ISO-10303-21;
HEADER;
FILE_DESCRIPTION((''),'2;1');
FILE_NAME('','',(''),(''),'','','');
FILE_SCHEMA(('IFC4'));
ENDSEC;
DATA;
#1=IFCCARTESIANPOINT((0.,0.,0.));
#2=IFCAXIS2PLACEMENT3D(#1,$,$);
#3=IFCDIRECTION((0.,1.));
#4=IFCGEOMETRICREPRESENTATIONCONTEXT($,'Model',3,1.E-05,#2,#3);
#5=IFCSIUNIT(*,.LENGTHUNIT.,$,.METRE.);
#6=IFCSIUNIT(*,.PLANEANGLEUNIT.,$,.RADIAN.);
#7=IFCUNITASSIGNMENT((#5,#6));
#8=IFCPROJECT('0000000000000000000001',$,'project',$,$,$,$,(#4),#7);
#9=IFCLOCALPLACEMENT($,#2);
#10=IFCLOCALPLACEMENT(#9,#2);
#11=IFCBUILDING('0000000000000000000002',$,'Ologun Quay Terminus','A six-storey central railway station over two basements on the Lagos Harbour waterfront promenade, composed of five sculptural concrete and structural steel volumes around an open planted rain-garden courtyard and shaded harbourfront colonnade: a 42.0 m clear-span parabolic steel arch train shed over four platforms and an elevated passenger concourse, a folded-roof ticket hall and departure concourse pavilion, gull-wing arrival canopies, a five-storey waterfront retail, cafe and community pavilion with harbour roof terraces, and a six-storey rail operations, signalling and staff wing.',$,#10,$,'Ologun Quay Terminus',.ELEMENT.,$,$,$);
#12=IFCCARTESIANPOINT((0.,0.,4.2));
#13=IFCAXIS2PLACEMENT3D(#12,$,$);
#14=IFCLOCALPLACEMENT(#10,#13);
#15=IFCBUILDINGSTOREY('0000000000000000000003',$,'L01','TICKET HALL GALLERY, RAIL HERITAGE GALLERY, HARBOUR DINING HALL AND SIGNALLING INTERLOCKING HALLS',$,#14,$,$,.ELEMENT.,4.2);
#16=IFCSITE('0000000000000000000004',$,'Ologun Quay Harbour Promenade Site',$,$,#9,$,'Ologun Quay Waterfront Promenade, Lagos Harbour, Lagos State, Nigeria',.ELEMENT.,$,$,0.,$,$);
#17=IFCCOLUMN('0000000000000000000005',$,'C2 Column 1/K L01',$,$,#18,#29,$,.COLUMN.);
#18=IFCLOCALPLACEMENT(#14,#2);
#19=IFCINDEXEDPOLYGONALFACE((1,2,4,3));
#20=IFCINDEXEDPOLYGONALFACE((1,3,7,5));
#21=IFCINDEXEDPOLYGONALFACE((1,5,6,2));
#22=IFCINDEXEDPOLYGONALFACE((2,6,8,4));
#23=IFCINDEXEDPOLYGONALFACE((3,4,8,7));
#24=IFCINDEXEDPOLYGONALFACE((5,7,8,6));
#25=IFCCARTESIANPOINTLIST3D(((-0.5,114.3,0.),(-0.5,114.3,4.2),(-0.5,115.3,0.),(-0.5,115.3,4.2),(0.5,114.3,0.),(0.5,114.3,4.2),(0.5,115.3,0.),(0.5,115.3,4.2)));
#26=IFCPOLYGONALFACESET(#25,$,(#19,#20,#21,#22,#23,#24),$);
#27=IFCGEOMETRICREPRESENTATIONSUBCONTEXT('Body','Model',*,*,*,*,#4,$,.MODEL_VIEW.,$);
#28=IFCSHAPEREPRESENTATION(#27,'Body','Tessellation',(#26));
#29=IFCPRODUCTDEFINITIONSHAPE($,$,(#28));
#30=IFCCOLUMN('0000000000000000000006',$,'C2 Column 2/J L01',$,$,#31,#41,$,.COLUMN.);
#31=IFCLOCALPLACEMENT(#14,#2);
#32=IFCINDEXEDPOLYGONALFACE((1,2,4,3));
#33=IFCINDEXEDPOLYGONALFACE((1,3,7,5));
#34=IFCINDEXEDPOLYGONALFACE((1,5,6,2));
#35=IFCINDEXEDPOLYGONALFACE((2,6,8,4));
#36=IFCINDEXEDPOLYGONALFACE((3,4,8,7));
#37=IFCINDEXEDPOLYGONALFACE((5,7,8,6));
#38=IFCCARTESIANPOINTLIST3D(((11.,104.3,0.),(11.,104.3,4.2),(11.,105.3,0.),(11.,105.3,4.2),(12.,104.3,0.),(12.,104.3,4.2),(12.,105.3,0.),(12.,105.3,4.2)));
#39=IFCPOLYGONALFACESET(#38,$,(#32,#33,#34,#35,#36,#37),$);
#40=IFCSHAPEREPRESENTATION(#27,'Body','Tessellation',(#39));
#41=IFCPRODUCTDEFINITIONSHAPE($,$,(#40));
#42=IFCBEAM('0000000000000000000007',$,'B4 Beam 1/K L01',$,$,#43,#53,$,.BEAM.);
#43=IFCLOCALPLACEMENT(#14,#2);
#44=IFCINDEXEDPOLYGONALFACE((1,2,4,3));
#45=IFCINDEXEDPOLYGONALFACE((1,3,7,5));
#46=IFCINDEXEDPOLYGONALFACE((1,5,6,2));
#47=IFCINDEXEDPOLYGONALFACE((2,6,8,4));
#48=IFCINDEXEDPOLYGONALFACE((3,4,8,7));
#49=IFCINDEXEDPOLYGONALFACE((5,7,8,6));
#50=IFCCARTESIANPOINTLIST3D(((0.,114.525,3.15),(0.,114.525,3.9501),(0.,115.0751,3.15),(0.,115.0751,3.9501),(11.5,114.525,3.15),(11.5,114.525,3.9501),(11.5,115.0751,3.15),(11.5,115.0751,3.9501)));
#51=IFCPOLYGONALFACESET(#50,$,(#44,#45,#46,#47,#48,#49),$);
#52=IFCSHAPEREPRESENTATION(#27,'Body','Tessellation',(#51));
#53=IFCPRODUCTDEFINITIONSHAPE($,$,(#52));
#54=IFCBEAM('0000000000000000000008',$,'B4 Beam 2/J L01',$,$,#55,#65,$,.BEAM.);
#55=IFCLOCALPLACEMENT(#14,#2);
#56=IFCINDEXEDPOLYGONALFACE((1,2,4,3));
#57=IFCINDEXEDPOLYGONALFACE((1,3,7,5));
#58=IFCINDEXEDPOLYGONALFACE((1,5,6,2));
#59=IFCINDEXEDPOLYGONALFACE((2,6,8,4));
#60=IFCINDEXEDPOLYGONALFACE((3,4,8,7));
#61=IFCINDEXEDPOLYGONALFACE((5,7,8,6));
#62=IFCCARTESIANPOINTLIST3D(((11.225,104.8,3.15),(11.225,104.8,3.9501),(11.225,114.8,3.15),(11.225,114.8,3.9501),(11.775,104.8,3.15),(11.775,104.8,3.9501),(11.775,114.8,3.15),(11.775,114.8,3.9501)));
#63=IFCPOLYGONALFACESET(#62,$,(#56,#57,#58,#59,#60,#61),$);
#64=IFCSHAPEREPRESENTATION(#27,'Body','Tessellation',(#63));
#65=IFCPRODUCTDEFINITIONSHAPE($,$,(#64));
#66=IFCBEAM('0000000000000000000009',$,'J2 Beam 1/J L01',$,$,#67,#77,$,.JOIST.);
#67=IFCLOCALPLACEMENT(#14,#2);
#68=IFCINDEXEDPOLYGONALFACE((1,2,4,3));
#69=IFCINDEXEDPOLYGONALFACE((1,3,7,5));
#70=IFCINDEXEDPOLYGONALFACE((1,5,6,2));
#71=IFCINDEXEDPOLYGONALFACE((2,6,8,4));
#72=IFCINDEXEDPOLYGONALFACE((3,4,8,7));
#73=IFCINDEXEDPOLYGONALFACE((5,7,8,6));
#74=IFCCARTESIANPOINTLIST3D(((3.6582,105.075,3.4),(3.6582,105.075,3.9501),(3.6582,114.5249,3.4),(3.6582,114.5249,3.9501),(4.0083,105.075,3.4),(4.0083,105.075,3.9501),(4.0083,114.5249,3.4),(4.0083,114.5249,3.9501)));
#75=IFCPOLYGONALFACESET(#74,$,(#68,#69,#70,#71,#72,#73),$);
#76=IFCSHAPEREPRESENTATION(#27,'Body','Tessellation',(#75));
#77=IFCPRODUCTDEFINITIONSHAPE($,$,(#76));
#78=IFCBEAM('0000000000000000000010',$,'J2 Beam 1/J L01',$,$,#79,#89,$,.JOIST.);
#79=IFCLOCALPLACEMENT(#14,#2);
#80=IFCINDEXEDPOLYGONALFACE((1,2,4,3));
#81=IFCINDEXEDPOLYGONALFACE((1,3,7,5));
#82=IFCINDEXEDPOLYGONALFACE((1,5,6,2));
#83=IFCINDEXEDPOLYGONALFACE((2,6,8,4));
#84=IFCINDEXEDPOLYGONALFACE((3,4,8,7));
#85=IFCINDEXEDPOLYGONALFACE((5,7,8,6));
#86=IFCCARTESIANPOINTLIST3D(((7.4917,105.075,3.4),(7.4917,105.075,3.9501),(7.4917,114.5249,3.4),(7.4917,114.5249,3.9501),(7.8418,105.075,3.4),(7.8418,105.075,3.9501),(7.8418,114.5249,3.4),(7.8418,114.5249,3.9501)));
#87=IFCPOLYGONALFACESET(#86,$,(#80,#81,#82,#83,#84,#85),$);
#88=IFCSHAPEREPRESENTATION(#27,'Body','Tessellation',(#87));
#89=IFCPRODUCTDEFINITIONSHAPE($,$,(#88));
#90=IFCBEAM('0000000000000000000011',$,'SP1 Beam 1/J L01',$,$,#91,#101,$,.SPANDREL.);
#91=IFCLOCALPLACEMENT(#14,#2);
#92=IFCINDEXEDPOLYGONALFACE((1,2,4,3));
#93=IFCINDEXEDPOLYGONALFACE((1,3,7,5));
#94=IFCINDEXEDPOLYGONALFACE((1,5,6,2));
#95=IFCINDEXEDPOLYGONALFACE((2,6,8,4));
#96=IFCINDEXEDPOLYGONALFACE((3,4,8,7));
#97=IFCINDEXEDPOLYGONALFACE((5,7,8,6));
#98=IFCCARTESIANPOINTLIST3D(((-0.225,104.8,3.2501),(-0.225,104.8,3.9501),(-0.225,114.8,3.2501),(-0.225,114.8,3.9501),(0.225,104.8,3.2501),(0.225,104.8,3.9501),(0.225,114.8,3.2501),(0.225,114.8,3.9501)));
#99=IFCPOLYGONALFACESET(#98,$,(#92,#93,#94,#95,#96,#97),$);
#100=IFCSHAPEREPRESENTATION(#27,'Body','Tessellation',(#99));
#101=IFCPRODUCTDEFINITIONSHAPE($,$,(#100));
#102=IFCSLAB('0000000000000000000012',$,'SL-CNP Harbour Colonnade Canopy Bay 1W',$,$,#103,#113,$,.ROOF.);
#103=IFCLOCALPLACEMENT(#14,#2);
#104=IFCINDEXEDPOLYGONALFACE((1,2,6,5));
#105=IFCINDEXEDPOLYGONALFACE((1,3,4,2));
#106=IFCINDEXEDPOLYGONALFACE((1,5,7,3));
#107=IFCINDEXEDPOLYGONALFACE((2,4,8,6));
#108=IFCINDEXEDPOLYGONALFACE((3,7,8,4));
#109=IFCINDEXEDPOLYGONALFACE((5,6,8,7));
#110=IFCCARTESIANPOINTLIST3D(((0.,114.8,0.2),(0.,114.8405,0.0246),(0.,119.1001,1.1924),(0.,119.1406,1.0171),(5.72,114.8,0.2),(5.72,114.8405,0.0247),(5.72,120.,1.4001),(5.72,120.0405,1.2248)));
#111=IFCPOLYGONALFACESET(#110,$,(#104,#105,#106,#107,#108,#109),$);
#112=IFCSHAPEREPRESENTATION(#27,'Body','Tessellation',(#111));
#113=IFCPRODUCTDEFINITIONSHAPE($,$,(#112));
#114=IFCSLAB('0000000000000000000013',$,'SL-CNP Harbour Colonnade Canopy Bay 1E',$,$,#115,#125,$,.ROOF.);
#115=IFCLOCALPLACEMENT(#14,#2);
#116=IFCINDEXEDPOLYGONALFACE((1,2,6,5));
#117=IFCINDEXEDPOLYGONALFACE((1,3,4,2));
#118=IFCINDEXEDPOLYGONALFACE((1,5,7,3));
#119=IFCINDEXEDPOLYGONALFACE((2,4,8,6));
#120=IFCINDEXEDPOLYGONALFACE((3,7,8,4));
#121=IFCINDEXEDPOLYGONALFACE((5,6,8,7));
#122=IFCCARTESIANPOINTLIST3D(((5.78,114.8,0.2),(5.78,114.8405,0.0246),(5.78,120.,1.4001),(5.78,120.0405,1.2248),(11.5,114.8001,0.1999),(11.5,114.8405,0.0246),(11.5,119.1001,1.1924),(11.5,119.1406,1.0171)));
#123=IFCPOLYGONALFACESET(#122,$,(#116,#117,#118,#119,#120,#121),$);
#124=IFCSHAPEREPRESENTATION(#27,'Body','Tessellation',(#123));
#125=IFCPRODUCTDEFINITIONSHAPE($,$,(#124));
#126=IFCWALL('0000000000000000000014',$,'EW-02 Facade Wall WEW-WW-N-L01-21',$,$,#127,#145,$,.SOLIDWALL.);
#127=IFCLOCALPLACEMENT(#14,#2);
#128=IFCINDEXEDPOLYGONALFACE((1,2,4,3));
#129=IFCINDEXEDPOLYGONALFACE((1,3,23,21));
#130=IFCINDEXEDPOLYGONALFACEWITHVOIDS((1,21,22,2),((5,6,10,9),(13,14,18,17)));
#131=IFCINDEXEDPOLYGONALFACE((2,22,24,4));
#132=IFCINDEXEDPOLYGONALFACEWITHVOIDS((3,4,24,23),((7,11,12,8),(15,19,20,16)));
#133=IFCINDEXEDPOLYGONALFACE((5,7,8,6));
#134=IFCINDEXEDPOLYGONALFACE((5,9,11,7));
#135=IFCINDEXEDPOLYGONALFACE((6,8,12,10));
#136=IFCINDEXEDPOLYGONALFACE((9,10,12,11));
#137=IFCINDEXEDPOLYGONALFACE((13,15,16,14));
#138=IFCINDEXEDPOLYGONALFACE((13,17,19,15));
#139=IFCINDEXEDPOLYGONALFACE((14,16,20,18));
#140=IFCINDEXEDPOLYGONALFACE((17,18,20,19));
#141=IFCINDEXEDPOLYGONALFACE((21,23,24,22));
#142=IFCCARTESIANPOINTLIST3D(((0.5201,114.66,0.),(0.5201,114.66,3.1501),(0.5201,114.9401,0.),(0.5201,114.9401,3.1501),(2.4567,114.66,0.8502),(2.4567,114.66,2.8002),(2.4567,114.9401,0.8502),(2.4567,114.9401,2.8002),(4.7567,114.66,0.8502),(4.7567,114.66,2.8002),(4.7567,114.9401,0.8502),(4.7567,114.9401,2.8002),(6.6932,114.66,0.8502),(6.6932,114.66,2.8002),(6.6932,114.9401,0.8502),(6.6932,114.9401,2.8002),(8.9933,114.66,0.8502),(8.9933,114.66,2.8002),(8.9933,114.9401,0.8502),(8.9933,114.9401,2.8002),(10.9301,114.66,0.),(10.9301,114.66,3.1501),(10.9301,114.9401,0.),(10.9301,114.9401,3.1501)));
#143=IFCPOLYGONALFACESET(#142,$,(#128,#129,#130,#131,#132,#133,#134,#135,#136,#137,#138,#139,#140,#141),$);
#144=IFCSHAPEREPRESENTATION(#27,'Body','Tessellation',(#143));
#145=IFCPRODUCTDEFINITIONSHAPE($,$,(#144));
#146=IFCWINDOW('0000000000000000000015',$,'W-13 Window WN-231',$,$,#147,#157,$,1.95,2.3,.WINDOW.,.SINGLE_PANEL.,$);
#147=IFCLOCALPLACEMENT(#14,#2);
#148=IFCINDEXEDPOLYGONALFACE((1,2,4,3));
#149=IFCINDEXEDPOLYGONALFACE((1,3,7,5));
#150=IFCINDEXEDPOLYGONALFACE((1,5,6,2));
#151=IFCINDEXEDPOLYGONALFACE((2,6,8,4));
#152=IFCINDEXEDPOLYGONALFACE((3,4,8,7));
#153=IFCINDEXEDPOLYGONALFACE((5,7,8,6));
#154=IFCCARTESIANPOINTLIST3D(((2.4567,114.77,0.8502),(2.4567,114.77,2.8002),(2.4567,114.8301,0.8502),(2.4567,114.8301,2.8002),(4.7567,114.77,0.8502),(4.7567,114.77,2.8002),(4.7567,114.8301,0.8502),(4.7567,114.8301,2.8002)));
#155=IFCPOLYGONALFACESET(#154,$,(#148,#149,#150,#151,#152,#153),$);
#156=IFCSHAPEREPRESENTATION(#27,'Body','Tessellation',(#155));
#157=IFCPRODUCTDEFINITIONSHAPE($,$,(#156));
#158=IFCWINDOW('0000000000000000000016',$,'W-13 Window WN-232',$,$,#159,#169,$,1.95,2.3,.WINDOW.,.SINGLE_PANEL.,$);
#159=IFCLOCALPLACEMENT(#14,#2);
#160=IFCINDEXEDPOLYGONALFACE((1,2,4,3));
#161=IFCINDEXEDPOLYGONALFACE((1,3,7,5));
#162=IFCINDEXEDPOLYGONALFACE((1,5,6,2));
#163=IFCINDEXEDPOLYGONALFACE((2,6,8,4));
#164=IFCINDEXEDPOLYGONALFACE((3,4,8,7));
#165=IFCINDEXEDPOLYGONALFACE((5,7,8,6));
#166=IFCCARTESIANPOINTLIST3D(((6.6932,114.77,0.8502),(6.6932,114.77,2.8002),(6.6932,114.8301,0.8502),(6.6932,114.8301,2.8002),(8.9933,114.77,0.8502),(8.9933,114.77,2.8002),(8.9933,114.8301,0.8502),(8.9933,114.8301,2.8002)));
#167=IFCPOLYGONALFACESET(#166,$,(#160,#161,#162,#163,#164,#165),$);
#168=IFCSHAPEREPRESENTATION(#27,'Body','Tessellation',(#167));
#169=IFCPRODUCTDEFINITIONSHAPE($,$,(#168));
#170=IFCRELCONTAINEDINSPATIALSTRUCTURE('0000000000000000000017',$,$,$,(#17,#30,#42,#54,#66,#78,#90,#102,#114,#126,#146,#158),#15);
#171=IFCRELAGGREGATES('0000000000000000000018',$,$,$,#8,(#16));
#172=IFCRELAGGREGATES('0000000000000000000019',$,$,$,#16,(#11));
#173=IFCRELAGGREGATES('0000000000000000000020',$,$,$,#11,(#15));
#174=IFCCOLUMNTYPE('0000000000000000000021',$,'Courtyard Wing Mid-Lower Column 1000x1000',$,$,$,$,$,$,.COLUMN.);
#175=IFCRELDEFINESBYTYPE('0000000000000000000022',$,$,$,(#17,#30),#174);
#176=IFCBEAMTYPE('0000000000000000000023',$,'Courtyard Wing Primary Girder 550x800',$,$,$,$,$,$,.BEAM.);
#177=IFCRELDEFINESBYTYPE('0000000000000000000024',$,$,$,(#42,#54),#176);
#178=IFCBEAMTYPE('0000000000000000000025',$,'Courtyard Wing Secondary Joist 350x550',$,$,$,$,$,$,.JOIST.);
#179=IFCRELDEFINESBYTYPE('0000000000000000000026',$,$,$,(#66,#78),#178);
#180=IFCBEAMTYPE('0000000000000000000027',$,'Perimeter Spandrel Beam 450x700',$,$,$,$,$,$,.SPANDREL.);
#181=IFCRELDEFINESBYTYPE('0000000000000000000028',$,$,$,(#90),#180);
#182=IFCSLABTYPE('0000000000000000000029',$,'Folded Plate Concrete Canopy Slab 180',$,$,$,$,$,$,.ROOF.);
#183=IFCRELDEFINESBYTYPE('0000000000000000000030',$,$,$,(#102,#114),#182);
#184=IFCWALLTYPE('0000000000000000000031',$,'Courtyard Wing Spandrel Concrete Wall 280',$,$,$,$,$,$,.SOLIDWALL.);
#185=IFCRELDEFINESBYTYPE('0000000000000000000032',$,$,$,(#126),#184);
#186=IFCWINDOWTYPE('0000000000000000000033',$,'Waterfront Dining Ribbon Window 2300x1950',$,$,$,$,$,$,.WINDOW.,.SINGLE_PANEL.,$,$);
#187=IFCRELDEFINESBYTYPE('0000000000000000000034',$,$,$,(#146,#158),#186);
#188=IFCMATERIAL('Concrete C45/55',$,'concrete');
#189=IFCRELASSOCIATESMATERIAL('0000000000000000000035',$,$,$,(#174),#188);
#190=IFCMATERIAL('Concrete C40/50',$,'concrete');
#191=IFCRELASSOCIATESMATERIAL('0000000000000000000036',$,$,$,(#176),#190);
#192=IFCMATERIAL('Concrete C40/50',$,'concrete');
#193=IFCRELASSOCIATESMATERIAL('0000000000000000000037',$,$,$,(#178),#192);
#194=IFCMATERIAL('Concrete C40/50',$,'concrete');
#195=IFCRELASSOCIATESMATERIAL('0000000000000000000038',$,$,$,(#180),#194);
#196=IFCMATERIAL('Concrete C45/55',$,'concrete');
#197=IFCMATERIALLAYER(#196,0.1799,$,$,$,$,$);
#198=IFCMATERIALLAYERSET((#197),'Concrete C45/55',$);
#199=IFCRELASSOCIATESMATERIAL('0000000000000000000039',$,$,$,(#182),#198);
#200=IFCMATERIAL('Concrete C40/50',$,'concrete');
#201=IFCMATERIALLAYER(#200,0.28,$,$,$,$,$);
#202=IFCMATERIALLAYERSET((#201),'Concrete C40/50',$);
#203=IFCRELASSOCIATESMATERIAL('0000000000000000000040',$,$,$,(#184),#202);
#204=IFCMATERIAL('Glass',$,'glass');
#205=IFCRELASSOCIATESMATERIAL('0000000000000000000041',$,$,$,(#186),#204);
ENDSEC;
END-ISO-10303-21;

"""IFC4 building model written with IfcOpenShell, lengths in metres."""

from ifc_helpers import new_model, si_unit, direction, frame, frame_2d, origin, origin_2d, place, context, subcontext, project, spatial, polyline, rectangle, outline, extrude, material, layer, layer_set, material_profile, profile_set, type_object, element, fill, save


model = new_model("IFC4")

# Units and contexts
model_context = context("Model", 3, precision=1e-05, world=origin(), true_north=direction((0.0, 1.0)))
body_context = subcontext(model_context, "Body", "Model", "MODEL_VIEW")
ifc_project = project(units=[si_unit("LENGTHUNIT", "METRE"), si_unit("PLANEANGLEUNIT", "RADIAN")], contexts=[model_context])

# Site, building, storey
site_placement = place(None, origin())
site = spatial("IfcSite", under=ifc_project, at=site_placement, Name="Ologun Quay Harbour Promenade Site", LongName="Ologun Quay Waterfront Promenade, Lagos Harbour, Lagos State, Nigeria", CompositionType="ELEMENT", RefElevation=0.0)
building_placement = place(site_placement, origin())
building = spatial("IfcBuilding", under=site, at=building_placement, Name="Ologun Quay Terminus", Description="A six-storey central railway station over two basements on the Lagos Harbour waterfront promenade, composed of five sculptural concrete and structural steel volumes around an open planted rain-garden courtyard and shaded harbourfront colonnade: a 42.0 m clear-span parabolic steel arch train shed over four platforms and an elevated passenger concourse, a folded-roof ticket hall and departure concourse pavilion, gull-wing arrival canopies, a five-storey waterfront retail, cafe and community pavilion with harbour roof terraces, and a six-storey rail operations, signalling and staff wing.", LongName="Ologun Quay Terminus", CompositionType="ELEMENT")
storey_placement = place(building_placement, frame((0.0, 0.0, 4.2)))
storey = spatial("IfcBuildingStorey", under=building, at=storey_placement, Name="L01", Description="TICKET HALL GALLERY, RAIL HERITAGE GALLERY, HARBOUR DINING HALL AND SIGNALLING INTERLOCKING HALLS", CompositionType="ELEMENT", Elevation=4.2)

# Columns
ifc_material_1 = material(Name="Concrete C45/55", Category="concrete")
ifc_material_profile_1 = material_profile(ifc_material_1, rectangle(XDim=1.0, YDim=1.0, at=origin_2d()), Name="RC 1000x1000")
ifc_profile_set_1 = profile_set([ifc_material_profile_1], Name="Concrete C45/55")
column_type = type_object("IfcColumnType", Name="Courtyard Wing Mid-Lower Column 1000x1000", PredefinedType="COLUMN", material=ifc_profile_set_1)
for number, where, z_axis, x_axis, name in (
    (1, (0.0, 114.8, 0.0), (0.0, 0.0, 1.0), (1.0, 0.0, 0.0), "C2 Column 1/K L01"),
    (2, (11.5, 104.8, 0.0), (0.0, 0.0, 1.0), (1.0, 0.0, 0.0), "C2 Column 2/J L01"),
):
    element("IfcColumn", number, at=place(storey_placement, frame(where, z_axis=z_axis, x_axis=x_axis)), inside=storey, type_object=column_type, Name=name, PredefinedType="COLUMN", context=body_context, shape_type="SweptSolid", body=[
        extrude(rectangle(XDim=1.0, YDim=1.0, at=origin_2d()), origin(), (0.0, 0.0, 1.0), 4.2),
    ])

# Beams
ifc_material_2 = material(Name="Concrete C40/50", Category="concrete")
ifc_material_profile_2 = material_profile(ifc_material_2, rectangle(XDim=0.55, YDim=0.8, at=origin_2d()), Name="RC 550x800")
ifc_profile_set_2 = profile_set([ifc_material_profile_2], Name="Concrete C40/50")
beam_type_1 = type_object("IfcBeamType", Name="Courtyard Wing Primary Girder 550x800", PredefinedType="BEAM", material=ifc_profile_set_2)
beam_1_placement = place(storey_placement, frame((0.0, 114.8, 3.55), z_axis=(1.0, 0.0, 0.0), x_axis=(0.0, 1.0, 0.0)))
element("IfcBeam", 3, at=beam_1_placement, inside=storey, type_object=beam_type_1, Name="B4 Beam 1/K L01", PredefinedType="BEAM", context=body_context, shape_type="SweptSolid", body=[
    extrude(rectangle(XDim=0.55, YDim=0.8, at=origin_2d()), origin(), (0.0, 0.0, 1.0), 11.5),
])
beam_2_placement = place(storey_placement, frame((11.5, 104.8, 3.55), z_axis=(0.0, 1.0, 0.0), x_axis=(-1.0, 0.0, 0.0)))
element("IfcBeam", 4, at=beam_2_placement, inside=storey, type_object=beam_type_1, Name="B4 Beam 2/J L01", PredefinedType="BEAM", context=body_context, shape_type="SweptSolid", body=[
    extrude(rectangle(XDim=0.55, YDim=0.8, at=origin_2d()), origin(), (0.0, 0.0, 1.0), 10.0),
])
ifc_material_3 = material(Name="Concrete C40/50", Category="concrete")
ifc_material_profile_3 = material_profile(ifc_material_3, rectangle(XDim=0.3501, YDim=0.55, at=origin_2d()), Name="RC 350x550")
ifc_profile_set_3 = profile_set([ifc_material_profile_3], Name="Concrete C40/50")
beam_type_2 = type_object("IfcBeamType", Name="Courtyard Wing Secondary Joist 350x550", PredefinedType="JOIST", material=ifc_profile_set_3)
for number, where, z_axis, x_axis, name in (
    (5, (3.8333, 105.075, 3.675), (0.0, 1.0, 0.0), (-1.0, 0.0, 0.0), "J2 Beam 1/J L01"),
    (6, (7.6667, 105.075, 3.675), (0.0, 1.0, 0.0), (-1.0, 0.0, 0.0), "J2 Beam 1/J L01"),
):
    element("IfcBeam", number, at=place(storey_placement, frame(where, z_axis=z_axis, x_axis=x_axis)), inside=storey, type_object=beam_type_2, Name=name, PredefinedType="JOIST", context=body_context, shape_type="SweptSolid", body=[
        extrude(rectangle(XDim=0.3501, YDim=0.55, at=origin_2d()), origin(), (0.0, 0.0, 1.0), 9.45),
    ])
ifc_material_4 = material(Name="Concrete C40/50", Category="concrete")
ifc_material_profile_4 = material_profile(ifc_material_4, rectangle(XDim=0.45, YDim=0.7, at=origin_2d()), Name="RC 450x700")
ifc_profile_set_4 = profile_set([ifc_material_profile_4], Name="Concrete C40/50")
beam_type_3 = type_object("IfcBeamType", Name="Perimeter Spandrel Beam 450x700", PredefinedType="SPANDREL", material=ifc_profile_set_4)
beam_3_placement = place(storey_placement, frame((0.0, 104.8, 3.6001), z_axis=(0.0, 1.0, 0.0), x_axis=(-1.0, 0.0, 0.0)))
element("IfcBeam", 7, at=beam_3_placement, inside=storey, type_object=beam_type_3, Name="SP1 Beam 1/J L01", PredefinedType="SPANDREL", context=body_context, shape_type="SweptSolid", body=[
    extrude(rectangle(XDim=0.45, YDim=0.7, at=origin_2d()), origin(), (0.0, 0.0, 1.0), 10.0),
])

# Slabs
ifc_material_5 = material(Name="Concrete C45/55", Category="concrete")
ifc_layer_1 = layer(ifc_material_5, 0.1799)
ifc_layer_set_1 = layer_set([ifc_layer_1], Name="Concrete C45/55")
slab_type = type_object("IfcSlabType", Name="Folded Plate Concrete Canopy Slab 180", PredefinedType="ROOF", material=ifc_layer_set_1)
slab_1_placement = place(storey_placement, frame((0.0, 114.8, 0.2), z_axis=(-0.000005, -0.224891, 0.974384), x_axis=(1.0, -0.000001, 0.000005)))
element("IfcSlab", 8, at=slab_1_placement, inside=storey, type_object=slab_type, Name="SL-CNP Harbour Colonnade Canopy Bay 1W", PredefinedType="ROOF", context=body_context, shape_type="SweptSolid", body=[
    extrude(outline(polyline([(0.0, 0.0), (5.72, 0.0), (5.72, 5.3367), (0.0, 4.4131), (0.0, 0.0)])), origin(), (0.0, 0.0, -1.0), 0.1799),
])
slab_2_placement = place(storey_placement, frame((5.78, 114.8, 0.2), z_axis=(0.000005, -0.224891, 0.974384), x_axis=(1.0, 0.000001, -0.000005)))
element("IfcSlab", 9, at=slab_2_placement, inside=storey, type_object=slab_type, Name="SL-CNP Harbour Colonnade Canopy Bay 1E", PredefinedType="ROOF", context=body_context, shape_type="SweptSolid", body=[
    extrude(outline(polyline([(0.0, 0.0), (5.72, 0.0), (5.72, 4.4131), (0.0, 5.3367), (0.0, 0.0)])), origin(), (0.0, 0.0, -1.0), 0.1799),
])

# Wall, openings, windows
ifc_material_6 = material(Name="Concrete C40/50", Category="concrete")
ifc_layer_2 = layer(ifc_material_6, 0.28)
ifc_layer_set_2 = layer_set([ifc_layer_2], Name="Concrete C40/50")
wall_type = type_object("IfcWallType", Name="Courtyard Wing Spandrel Concrete Wall 280", PredefinedType="SOLIDWALL", material=ifc_layer_set_2)
wall_1_placement = place(storey_placement, frame((0.52, 114.8, 0.0), z_axis=(0.0, 0.0, 1.0), x_axis=(1.0, 0.0, 0.0)))
wall_1 = element("IfcWall", 10, at=wall_1_placement, inside=storey, type_object=wall_type, Name="EW-02 Facade Wall WEW-WW-N-L01-21", PredefinedType="SOLIDWALL", context=body_context, shape_type="SweptSolid", body=[
    extrude(rectangle(XDim=10.4099, YDim=0.28, at=frame_2d((5.2051, 0.0))), origin(), (0.0, 0.0, 1.0), 3.1501),
])
opening_1_placement = place(wall_1_placement, frame((1.9368, 0.0, 0.8501)))
opening_1 = element("IfcOpeningElement", 11, at=opening_1_placement, cuts=wall_1, PredefinedType="OPENING", context=body_context, shape_type="SweptSolid", body=[
    extrude(rectangle(XDim=2.3, YDim=1.95, at=frame_2d((1.1499, 0.9751))), frame((0.0, 0.1499, 0.0), z_axis=(0.0, -1.0, 0.0), x_axis=(1.0, 0.0, 0.0)), (0.0, 0.0, 1.0), 0.3),
])
opening_2_placement = place(wall_1_placement, frame((6.1733, 0.0, 0.8501)))
opening_2 = element("IfcOpeningElement", 12, at=opening_2_placement, cuts=wall_1, PredefinedType="OPENING", context=body_context, shape_type="SweptSolid", body=[
    extrude(rectangle(XDim=2.3, YDim=1.95, at=frame_2d((1.1499, 0.9751))), frame((0.0, 0.1499, 0.0), z_axis=(0.0, -1.0, 0.0), x_axis=(1.0, 0.0, 0.0)), (0.0, 0.0, 1.0), 0.3),
])
ifc_material_7 = material(Name="Glass", Category="glass")
window_type_1 = type_object("IfcWindowType", Name="Waterfront Dining Ribbon Window 2300x1950", PartitioningType="SINGLE_PANEL", PredefinedType="WINDOW", material=ifc_material_7)
window_1_placement = place(opening_1_placement, origin())
window_1 = element("IfcWindow", 13, at=window_1_placement, inside=storey, type_object=window_type_1, Name="W-13 Window WN-231", OverallHeight=1.95, OverallWidth=2.3, PartitioningType="SINGLE_PANEL", PredefinedType="WINDOW", context=body_context, shape_type="SweptSolid", body=[
    extrude(rectangle(XDim=2.3, YDim=1.95, at=frame_2d((1.1499, 0.9751))), frame((0.0, 0.03, 0.0), z_axis=(0.0, -1.0, 0.0), x_axis=(1.0, 0.0, 0.0)), (0.0, 0.0, 1.0), 0.0601),
])
fill(opening_1, window_1)
window_2_placement = place(opening_2_placement, origin())
window_2 = element("IfcWindow", 14, at=window_2_placement, inside=storey, type_object=window_type_1, Name="W-13 Window WN-232", OverallHeight=1.95, OverallWidth=2.3, PartitioningType="SINGLE_PANEL", PredefinedType="WINDOW", context=body_context, shape_type="SweptSolid", body=[
    extrude(rectangle(XDim=2.3, YDim=1.95, at=frame_2d((1.1499, 0.9751))), frame((0.0, 0.03, 0.0), z_axis=(0.0, -1.0, 0.0), x_axis=(1.0, 0.0, 0.0)), (0.0, 0.0, 1.0), 0.0601),
])
fill(opening_2, window_2)

save(model, "model.ifc")
